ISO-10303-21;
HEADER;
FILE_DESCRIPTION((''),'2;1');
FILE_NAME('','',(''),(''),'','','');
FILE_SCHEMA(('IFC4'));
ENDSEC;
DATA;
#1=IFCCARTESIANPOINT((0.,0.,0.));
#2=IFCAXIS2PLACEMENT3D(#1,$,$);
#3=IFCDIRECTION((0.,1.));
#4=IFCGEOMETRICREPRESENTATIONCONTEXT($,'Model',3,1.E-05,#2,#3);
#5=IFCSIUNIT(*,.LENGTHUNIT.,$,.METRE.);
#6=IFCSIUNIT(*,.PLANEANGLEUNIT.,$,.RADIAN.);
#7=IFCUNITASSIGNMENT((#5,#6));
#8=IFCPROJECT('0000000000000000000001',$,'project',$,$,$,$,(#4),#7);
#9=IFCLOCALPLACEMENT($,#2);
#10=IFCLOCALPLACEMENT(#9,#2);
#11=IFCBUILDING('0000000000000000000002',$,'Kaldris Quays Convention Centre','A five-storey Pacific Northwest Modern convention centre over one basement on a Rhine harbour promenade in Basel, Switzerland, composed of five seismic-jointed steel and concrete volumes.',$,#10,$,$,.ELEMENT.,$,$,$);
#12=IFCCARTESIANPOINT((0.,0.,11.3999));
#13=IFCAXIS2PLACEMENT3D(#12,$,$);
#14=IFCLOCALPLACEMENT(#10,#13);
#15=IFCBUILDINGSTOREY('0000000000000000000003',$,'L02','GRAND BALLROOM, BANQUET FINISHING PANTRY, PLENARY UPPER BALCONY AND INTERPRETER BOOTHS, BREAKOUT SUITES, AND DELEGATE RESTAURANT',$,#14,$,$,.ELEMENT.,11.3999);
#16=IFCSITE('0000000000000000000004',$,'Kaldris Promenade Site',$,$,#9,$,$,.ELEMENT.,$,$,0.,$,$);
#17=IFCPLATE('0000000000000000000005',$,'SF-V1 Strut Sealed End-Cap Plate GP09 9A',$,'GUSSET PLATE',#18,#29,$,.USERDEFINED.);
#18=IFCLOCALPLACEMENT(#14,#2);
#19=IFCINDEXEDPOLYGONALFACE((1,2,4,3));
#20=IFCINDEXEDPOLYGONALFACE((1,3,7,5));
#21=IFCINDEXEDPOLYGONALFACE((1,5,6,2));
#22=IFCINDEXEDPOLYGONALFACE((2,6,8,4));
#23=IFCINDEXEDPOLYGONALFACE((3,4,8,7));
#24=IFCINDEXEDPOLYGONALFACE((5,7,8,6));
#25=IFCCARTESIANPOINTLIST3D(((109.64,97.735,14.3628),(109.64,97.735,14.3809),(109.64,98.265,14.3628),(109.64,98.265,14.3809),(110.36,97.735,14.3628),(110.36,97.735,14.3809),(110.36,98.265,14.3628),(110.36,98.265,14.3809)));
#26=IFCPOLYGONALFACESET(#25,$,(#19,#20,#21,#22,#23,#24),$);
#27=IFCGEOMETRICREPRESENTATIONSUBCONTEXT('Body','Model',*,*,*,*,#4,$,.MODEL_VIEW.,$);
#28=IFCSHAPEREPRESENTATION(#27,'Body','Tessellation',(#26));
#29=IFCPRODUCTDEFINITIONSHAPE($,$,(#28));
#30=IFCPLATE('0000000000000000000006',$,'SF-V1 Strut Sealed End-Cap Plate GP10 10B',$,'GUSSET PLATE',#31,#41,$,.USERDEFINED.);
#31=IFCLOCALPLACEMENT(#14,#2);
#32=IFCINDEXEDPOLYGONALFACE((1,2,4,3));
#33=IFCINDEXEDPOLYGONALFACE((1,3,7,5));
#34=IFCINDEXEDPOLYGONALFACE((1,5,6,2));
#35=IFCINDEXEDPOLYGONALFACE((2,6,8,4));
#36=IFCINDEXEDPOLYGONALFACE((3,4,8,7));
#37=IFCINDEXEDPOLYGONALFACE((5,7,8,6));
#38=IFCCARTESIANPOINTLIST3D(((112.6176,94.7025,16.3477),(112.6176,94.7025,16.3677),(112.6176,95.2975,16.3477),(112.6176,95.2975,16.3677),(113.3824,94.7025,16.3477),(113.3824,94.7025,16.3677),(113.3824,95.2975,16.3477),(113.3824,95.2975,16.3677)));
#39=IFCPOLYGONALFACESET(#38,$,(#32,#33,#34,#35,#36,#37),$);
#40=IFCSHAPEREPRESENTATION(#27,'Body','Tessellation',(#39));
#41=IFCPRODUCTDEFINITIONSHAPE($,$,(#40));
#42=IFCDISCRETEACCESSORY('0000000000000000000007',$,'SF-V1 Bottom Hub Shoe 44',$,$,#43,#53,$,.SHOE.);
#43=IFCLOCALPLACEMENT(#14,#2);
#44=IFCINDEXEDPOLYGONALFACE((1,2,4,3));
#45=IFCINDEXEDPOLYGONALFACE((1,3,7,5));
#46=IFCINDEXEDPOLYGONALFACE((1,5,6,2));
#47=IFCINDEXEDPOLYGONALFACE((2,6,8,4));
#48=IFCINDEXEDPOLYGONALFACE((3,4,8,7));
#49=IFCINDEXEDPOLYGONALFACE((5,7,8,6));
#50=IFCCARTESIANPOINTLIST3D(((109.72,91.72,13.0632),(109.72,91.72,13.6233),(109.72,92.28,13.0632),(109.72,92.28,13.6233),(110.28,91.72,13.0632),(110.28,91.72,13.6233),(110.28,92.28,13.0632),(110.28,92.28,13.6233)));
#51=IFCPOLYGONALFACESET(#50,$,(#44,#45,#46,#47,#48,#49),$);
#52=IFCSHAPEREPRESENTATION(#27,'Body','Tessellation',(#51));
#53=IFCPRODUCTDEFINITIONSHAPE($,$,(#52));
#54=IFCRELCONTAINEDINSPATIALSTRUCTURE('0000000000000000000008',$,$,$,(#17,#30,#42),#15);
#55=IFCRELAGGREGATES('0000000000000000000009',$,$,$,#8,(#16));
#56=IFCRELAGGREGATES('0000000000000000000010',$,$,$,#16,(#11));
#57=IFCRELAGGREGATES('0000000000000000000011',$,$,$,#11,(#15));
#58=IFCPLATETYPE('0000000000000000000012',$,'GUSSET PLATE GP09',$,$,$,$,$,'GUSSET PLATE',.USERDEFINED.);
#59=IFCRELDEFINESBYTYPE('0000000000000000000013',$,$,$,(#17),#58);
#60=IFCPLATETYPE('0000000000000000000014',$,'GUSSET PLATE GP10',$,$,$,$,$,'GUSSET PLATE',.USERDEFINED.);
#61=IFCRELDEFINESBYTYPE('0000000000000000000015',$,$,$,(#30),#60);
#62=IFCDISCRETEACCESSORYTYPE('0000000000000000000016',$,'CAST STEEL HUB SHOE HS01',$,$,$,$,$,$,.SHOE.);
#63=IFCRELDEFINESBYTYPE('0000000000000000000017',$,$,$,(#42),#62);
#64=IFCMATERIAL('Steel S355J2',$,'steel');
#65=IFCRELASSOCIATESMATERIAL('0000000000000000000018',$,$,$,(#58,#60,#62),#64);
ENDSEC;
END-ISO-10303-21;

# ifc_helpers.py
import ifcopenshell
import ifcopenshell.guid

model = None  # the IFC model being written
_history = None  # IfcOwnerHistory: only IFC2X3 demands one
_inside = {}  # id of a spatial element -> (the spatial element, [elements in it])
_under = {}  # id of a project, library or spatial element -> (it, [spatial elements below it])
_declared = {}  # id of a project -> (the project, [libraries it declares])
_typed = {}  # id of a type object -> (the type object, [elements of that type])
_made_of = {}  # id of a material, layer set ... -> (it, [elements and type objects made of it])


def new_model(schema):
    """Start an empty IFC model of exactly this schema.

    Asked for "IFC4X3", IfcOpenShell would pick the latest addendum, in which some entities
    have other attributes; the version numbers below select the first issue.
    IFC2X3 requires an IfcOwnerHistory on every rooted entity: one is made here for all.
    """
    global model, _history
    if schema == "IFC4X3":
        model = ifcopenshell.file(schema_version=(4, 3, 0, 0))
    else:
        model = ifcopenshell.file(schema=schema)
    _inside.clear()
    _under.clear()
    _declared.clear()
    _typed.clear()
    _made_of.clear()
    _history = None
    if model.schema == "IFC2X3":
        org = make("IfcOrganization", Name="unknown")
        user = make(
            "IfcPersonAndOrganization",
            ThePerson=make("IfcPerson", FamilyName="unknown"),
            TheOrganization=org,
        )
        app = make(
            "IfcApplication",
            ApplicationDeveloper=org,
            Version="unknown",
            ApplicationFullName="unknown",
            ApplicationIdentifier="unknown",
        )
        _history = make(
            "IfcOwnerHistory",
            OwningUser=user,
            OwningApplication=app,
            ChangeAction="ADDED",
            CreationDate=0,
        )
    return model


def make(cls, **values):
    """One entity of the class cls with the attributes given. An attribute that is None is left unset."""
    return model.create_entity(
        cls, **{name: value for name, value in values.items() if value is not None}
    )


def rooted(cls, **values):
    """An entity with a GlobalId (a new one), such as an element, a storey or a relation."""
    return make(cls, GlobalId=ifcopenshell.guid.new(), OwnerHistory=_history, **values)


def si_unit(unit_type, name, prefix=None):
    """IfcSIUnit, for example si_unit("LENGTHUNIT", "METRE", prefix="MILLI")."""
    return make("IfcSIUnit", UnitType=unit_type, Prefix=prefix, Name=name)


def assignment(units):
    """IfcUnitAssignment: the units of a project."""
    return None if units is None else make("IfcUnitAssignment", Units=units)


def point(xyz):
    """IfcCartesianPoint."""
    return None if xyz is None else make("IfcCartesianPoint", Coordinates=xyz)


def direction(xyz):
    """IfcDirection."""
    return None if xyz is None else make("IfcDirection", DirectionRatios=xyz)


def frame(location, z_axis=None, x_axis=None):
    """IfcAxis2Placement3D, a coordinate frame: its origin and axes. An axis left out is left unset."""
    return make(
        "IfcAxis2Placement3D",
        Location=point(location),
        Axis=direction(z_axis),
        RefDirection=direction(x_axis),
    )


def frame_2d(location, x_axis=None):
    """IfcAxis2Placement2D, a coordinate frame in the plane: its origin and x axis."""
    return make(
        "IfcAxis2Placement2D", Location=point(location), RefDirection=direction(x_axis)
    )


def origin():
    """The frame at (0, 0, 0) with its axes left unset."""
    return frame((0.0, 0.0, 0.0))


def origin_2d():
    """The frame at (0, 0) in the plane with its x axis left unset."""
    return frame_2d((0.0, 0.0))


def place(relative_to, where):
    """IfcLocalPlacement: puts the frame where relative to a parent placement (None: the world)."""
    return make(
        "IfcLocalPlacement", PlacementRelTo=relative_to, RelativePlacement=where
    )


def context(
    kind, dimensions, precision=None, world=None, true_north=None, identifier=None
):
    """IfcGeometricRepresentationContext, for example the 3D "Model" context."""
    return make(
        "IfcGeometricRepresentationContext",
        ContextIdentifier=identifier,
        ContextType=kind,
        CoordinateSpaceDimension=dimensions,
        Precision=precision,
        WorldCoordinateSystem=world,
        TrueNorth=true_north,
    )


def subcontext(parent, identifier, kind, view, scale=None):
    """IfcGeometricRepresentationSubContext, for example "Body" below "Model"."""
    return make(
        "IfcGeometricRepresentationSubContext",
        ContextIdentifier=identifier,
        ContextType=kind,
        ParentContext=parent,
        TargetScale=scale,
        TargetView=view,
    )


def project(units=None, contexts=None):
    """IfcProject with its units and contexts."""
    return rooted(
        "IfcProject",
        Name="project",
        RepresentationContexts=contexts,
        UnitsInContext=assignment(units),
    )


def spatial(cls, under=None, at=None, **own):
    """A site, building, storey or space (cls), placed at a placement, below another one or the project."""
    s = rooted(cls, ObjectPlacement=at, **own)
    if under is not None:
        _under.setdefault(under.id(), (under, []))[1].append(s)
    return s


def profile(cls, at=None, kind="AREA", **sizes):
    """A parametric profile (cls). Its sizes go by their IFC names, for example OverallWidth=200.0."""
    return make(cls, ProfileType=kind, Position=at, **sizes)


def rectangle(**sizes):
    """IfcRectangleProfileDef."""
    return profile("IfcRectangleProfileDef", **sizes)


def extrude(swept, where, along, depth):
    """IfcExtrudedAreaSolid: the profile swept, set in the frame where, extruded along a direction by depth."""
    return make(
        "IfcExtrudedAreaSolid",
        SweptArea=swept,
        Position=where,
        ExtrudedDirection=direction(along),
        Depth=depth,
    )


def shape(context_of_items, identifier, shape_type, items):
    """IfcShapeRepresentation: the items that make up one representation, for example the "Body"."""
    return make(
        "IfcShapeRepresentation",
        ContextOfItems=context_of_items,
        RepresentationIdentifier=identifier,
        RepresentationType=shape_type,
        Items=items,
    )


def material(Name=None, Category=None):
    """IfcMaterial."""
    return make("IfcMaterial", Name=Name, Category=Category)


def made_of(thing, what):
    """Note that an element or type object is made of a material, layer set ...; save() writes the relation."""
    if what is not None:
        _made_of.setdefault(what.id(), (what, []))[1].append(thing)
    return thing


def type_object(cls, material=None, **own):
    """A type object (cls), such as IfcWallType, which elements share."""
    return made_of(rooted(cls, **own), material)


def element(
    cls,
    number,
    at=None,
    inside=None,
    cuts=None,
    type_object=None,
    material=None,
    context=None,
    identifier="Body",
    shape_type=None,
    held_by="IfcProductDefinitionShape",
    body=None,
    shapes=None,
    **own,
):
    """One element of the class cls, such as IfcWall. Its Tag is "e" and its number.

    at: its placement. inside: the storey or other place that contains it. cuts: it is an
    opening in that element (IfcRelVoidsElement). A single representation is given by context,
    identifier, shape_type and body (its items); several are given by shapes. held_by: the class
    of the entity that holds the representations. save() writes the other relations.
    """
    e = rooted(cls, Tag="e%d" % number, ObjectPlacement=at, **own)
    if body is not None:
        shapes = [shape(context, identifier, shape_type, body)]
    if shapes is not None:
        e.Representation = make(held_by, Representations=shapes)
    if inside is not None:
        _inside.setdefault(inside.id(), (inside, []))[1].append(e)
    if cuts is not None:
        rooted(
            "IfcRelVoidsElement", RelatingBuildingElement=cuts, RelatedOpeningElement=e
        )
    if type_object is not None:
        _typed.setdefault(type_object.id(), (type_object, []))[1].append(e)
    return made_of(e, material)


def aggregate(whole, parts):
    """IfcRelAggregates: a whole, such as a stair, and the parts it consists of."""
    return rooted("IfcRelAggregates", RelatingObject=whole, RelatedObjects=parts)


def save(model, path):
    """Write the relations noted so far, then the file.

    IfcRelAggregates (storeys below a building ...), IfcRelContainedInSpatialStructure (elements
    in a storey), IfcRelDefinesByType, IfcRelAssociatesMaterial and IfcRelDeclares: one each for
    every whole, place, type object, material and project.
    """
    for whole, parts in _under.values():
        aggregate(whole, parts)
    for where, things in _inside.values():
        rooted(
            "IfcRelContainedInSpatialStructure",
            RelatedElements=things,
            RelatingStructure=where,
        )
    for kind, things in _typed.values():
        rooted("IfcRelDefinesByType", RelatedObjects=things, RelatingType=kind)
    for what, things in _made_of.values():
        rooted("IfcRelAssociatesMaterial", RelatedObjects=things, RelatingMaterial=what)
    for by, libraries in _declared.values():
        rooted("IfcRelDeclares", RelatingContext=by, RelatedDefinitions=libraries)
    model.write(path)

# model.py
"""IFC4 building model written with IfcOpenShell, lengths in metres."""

from ifc_helpers import new_model, si_unit, direction, frame, origin, origin_2d, place, context, subcontext, project, spatial, rectangle, extrude, material, type_object, element, save


model = new_model("IFC4")

# Units and contexts
model_context = context("Model", 3, precision=1e-05, world=origin(), true_north=direction((0.0, 1.0)))
body_context = subcontext(model_context, "Body", "Model", "MODEL_VIEW")
ifc_project = project(units=[si_unit("LENGTHUNIT", "METRE"), si_unit("PLANEANGLEUNIT", "RADIAN")], contexts=[model_context])

# Site, building, storey
site_placement = place(None, origin())
site = spatial("IfcSite", under=ifc_project, at=site_placement, Name="Kaldris Promenade Site", CompositionType="ELEMENT", RefElevation=0.0)
building_placement = place(site_placement, origin())
building = spatial("IfcBuilding", under=site, at=building_placement, Name="Kaldris Quays Convention Centre", Description="A five-storey Pacific Northwest Modern convention centre over one basement on a Rhine harbour promenade in Basel, Switzerland, composed of five seismic-jointed steel and concrete volumes.", CompositionType="ELEMENT")
storey_placement = place(building_placement, frame((0.0, 0.0, 11.3999)))
storey = spatial("IfcBuildingStorey", under=building, at=storey_placement, Name="L02", Description="GRAND BALLROOM, BANQUET FINISHING PANTRY, PLENARY UPPER BALCONY AND INTERPRETER BOOTHS, BREAKOUT SUITES, AND DELEGATE RESTAURANT", CompositionType="ELEMENT", Elevation=11.3999)

# Plates
ifc_material_1 = material(Name="Steel S355J2", Category="steel")
plate_type_1 = type_object("IfcPlateType", Name="GUSSET PLATE GP09", ElementType="GUSSET PLATE", PredefinedType="USERDEFINED", material=ifc_material_1)
plate_1_placement = place(storey_placement, frame((110.0, 98.0, 14.3628), z_axis=(0.0, 0.0, 1.0), x_axis=(1.0, 0.0, 0.0)))
element("IfcPlate", 1, at=plate_1_placement, inside=storey, type_object=plate_type_1, Name="SF-V1 Strut Sealed End-Cap Plate GP09 9A", ObjectType="GUSSET PLATE", PredefinedType="USERDEFINED", context=body_context, shape_type="SweptSolid", body=[
    extrude(rectangle(XDim=0.72, YDim=0.53, at=origin_2d()), origin(), (0.0, 0.0, 1.0), 0.0181),
])
plate_type_2 = type_object("IfcPlateType", Name="GUSSET PLATE GP10", ElementType="GUSSET PLATE", PredefinedType="USERDEFINED", material=ifc_material_1)
plate_2_placement = place(storey_placement, frame((113.0, 95.0, 16.3477), z_axis=(0.0, 0.0, 1.0), x_axis=(1.0, 0.0, 0.0)))
element("IfcPlate", 2, at=plate_2_placement, inside=storey, type_object=plate_type_2, Name="SF-V1 Strut Sealed End-Cap Plate GP10 10B", ObjectType="GUSSET PLATE", PredefinedType="USERDEFINED", context=body_context, shape_type="SweptSolid", body=[
    extrude(rectangle(XDim=0.7649, YDim=0.595, at=origin_2d()), origin(), (0.0, 0.0, 1.0), 0.02),
])

# Discrete accessory
discrete_accessory_type = type_object("IfcDiscreteAccessoryType", Name="CAST STEEL HUB SHOE HS01", PredefinedType="SHOE", material=ifc_material_1)
discrete_accessory_placement = place(storey_placement, frame((110.0, 92.0, 13.0632), z_axis=(0.0, 0.0, 1.0), x_axis=(1.0, 0.0, 0.0)))
element("IfcDiscreteAccessory", 3, at=discrete_accessory_placement, inside=storey, type_object=discrete_accessory_type, Name="SF-V1 Bottom Hub Shoe 44", PredefinedType="SHOE", context=body_context, shape_type="SweptSolid", body=[
    extrude(rectangle(XDim=0.5601, YDim=0.5601, at=origin_2d()), origin(), (0.0, 0.0, 1.0), 0.5601),
])

save(model, "model.ifc")
